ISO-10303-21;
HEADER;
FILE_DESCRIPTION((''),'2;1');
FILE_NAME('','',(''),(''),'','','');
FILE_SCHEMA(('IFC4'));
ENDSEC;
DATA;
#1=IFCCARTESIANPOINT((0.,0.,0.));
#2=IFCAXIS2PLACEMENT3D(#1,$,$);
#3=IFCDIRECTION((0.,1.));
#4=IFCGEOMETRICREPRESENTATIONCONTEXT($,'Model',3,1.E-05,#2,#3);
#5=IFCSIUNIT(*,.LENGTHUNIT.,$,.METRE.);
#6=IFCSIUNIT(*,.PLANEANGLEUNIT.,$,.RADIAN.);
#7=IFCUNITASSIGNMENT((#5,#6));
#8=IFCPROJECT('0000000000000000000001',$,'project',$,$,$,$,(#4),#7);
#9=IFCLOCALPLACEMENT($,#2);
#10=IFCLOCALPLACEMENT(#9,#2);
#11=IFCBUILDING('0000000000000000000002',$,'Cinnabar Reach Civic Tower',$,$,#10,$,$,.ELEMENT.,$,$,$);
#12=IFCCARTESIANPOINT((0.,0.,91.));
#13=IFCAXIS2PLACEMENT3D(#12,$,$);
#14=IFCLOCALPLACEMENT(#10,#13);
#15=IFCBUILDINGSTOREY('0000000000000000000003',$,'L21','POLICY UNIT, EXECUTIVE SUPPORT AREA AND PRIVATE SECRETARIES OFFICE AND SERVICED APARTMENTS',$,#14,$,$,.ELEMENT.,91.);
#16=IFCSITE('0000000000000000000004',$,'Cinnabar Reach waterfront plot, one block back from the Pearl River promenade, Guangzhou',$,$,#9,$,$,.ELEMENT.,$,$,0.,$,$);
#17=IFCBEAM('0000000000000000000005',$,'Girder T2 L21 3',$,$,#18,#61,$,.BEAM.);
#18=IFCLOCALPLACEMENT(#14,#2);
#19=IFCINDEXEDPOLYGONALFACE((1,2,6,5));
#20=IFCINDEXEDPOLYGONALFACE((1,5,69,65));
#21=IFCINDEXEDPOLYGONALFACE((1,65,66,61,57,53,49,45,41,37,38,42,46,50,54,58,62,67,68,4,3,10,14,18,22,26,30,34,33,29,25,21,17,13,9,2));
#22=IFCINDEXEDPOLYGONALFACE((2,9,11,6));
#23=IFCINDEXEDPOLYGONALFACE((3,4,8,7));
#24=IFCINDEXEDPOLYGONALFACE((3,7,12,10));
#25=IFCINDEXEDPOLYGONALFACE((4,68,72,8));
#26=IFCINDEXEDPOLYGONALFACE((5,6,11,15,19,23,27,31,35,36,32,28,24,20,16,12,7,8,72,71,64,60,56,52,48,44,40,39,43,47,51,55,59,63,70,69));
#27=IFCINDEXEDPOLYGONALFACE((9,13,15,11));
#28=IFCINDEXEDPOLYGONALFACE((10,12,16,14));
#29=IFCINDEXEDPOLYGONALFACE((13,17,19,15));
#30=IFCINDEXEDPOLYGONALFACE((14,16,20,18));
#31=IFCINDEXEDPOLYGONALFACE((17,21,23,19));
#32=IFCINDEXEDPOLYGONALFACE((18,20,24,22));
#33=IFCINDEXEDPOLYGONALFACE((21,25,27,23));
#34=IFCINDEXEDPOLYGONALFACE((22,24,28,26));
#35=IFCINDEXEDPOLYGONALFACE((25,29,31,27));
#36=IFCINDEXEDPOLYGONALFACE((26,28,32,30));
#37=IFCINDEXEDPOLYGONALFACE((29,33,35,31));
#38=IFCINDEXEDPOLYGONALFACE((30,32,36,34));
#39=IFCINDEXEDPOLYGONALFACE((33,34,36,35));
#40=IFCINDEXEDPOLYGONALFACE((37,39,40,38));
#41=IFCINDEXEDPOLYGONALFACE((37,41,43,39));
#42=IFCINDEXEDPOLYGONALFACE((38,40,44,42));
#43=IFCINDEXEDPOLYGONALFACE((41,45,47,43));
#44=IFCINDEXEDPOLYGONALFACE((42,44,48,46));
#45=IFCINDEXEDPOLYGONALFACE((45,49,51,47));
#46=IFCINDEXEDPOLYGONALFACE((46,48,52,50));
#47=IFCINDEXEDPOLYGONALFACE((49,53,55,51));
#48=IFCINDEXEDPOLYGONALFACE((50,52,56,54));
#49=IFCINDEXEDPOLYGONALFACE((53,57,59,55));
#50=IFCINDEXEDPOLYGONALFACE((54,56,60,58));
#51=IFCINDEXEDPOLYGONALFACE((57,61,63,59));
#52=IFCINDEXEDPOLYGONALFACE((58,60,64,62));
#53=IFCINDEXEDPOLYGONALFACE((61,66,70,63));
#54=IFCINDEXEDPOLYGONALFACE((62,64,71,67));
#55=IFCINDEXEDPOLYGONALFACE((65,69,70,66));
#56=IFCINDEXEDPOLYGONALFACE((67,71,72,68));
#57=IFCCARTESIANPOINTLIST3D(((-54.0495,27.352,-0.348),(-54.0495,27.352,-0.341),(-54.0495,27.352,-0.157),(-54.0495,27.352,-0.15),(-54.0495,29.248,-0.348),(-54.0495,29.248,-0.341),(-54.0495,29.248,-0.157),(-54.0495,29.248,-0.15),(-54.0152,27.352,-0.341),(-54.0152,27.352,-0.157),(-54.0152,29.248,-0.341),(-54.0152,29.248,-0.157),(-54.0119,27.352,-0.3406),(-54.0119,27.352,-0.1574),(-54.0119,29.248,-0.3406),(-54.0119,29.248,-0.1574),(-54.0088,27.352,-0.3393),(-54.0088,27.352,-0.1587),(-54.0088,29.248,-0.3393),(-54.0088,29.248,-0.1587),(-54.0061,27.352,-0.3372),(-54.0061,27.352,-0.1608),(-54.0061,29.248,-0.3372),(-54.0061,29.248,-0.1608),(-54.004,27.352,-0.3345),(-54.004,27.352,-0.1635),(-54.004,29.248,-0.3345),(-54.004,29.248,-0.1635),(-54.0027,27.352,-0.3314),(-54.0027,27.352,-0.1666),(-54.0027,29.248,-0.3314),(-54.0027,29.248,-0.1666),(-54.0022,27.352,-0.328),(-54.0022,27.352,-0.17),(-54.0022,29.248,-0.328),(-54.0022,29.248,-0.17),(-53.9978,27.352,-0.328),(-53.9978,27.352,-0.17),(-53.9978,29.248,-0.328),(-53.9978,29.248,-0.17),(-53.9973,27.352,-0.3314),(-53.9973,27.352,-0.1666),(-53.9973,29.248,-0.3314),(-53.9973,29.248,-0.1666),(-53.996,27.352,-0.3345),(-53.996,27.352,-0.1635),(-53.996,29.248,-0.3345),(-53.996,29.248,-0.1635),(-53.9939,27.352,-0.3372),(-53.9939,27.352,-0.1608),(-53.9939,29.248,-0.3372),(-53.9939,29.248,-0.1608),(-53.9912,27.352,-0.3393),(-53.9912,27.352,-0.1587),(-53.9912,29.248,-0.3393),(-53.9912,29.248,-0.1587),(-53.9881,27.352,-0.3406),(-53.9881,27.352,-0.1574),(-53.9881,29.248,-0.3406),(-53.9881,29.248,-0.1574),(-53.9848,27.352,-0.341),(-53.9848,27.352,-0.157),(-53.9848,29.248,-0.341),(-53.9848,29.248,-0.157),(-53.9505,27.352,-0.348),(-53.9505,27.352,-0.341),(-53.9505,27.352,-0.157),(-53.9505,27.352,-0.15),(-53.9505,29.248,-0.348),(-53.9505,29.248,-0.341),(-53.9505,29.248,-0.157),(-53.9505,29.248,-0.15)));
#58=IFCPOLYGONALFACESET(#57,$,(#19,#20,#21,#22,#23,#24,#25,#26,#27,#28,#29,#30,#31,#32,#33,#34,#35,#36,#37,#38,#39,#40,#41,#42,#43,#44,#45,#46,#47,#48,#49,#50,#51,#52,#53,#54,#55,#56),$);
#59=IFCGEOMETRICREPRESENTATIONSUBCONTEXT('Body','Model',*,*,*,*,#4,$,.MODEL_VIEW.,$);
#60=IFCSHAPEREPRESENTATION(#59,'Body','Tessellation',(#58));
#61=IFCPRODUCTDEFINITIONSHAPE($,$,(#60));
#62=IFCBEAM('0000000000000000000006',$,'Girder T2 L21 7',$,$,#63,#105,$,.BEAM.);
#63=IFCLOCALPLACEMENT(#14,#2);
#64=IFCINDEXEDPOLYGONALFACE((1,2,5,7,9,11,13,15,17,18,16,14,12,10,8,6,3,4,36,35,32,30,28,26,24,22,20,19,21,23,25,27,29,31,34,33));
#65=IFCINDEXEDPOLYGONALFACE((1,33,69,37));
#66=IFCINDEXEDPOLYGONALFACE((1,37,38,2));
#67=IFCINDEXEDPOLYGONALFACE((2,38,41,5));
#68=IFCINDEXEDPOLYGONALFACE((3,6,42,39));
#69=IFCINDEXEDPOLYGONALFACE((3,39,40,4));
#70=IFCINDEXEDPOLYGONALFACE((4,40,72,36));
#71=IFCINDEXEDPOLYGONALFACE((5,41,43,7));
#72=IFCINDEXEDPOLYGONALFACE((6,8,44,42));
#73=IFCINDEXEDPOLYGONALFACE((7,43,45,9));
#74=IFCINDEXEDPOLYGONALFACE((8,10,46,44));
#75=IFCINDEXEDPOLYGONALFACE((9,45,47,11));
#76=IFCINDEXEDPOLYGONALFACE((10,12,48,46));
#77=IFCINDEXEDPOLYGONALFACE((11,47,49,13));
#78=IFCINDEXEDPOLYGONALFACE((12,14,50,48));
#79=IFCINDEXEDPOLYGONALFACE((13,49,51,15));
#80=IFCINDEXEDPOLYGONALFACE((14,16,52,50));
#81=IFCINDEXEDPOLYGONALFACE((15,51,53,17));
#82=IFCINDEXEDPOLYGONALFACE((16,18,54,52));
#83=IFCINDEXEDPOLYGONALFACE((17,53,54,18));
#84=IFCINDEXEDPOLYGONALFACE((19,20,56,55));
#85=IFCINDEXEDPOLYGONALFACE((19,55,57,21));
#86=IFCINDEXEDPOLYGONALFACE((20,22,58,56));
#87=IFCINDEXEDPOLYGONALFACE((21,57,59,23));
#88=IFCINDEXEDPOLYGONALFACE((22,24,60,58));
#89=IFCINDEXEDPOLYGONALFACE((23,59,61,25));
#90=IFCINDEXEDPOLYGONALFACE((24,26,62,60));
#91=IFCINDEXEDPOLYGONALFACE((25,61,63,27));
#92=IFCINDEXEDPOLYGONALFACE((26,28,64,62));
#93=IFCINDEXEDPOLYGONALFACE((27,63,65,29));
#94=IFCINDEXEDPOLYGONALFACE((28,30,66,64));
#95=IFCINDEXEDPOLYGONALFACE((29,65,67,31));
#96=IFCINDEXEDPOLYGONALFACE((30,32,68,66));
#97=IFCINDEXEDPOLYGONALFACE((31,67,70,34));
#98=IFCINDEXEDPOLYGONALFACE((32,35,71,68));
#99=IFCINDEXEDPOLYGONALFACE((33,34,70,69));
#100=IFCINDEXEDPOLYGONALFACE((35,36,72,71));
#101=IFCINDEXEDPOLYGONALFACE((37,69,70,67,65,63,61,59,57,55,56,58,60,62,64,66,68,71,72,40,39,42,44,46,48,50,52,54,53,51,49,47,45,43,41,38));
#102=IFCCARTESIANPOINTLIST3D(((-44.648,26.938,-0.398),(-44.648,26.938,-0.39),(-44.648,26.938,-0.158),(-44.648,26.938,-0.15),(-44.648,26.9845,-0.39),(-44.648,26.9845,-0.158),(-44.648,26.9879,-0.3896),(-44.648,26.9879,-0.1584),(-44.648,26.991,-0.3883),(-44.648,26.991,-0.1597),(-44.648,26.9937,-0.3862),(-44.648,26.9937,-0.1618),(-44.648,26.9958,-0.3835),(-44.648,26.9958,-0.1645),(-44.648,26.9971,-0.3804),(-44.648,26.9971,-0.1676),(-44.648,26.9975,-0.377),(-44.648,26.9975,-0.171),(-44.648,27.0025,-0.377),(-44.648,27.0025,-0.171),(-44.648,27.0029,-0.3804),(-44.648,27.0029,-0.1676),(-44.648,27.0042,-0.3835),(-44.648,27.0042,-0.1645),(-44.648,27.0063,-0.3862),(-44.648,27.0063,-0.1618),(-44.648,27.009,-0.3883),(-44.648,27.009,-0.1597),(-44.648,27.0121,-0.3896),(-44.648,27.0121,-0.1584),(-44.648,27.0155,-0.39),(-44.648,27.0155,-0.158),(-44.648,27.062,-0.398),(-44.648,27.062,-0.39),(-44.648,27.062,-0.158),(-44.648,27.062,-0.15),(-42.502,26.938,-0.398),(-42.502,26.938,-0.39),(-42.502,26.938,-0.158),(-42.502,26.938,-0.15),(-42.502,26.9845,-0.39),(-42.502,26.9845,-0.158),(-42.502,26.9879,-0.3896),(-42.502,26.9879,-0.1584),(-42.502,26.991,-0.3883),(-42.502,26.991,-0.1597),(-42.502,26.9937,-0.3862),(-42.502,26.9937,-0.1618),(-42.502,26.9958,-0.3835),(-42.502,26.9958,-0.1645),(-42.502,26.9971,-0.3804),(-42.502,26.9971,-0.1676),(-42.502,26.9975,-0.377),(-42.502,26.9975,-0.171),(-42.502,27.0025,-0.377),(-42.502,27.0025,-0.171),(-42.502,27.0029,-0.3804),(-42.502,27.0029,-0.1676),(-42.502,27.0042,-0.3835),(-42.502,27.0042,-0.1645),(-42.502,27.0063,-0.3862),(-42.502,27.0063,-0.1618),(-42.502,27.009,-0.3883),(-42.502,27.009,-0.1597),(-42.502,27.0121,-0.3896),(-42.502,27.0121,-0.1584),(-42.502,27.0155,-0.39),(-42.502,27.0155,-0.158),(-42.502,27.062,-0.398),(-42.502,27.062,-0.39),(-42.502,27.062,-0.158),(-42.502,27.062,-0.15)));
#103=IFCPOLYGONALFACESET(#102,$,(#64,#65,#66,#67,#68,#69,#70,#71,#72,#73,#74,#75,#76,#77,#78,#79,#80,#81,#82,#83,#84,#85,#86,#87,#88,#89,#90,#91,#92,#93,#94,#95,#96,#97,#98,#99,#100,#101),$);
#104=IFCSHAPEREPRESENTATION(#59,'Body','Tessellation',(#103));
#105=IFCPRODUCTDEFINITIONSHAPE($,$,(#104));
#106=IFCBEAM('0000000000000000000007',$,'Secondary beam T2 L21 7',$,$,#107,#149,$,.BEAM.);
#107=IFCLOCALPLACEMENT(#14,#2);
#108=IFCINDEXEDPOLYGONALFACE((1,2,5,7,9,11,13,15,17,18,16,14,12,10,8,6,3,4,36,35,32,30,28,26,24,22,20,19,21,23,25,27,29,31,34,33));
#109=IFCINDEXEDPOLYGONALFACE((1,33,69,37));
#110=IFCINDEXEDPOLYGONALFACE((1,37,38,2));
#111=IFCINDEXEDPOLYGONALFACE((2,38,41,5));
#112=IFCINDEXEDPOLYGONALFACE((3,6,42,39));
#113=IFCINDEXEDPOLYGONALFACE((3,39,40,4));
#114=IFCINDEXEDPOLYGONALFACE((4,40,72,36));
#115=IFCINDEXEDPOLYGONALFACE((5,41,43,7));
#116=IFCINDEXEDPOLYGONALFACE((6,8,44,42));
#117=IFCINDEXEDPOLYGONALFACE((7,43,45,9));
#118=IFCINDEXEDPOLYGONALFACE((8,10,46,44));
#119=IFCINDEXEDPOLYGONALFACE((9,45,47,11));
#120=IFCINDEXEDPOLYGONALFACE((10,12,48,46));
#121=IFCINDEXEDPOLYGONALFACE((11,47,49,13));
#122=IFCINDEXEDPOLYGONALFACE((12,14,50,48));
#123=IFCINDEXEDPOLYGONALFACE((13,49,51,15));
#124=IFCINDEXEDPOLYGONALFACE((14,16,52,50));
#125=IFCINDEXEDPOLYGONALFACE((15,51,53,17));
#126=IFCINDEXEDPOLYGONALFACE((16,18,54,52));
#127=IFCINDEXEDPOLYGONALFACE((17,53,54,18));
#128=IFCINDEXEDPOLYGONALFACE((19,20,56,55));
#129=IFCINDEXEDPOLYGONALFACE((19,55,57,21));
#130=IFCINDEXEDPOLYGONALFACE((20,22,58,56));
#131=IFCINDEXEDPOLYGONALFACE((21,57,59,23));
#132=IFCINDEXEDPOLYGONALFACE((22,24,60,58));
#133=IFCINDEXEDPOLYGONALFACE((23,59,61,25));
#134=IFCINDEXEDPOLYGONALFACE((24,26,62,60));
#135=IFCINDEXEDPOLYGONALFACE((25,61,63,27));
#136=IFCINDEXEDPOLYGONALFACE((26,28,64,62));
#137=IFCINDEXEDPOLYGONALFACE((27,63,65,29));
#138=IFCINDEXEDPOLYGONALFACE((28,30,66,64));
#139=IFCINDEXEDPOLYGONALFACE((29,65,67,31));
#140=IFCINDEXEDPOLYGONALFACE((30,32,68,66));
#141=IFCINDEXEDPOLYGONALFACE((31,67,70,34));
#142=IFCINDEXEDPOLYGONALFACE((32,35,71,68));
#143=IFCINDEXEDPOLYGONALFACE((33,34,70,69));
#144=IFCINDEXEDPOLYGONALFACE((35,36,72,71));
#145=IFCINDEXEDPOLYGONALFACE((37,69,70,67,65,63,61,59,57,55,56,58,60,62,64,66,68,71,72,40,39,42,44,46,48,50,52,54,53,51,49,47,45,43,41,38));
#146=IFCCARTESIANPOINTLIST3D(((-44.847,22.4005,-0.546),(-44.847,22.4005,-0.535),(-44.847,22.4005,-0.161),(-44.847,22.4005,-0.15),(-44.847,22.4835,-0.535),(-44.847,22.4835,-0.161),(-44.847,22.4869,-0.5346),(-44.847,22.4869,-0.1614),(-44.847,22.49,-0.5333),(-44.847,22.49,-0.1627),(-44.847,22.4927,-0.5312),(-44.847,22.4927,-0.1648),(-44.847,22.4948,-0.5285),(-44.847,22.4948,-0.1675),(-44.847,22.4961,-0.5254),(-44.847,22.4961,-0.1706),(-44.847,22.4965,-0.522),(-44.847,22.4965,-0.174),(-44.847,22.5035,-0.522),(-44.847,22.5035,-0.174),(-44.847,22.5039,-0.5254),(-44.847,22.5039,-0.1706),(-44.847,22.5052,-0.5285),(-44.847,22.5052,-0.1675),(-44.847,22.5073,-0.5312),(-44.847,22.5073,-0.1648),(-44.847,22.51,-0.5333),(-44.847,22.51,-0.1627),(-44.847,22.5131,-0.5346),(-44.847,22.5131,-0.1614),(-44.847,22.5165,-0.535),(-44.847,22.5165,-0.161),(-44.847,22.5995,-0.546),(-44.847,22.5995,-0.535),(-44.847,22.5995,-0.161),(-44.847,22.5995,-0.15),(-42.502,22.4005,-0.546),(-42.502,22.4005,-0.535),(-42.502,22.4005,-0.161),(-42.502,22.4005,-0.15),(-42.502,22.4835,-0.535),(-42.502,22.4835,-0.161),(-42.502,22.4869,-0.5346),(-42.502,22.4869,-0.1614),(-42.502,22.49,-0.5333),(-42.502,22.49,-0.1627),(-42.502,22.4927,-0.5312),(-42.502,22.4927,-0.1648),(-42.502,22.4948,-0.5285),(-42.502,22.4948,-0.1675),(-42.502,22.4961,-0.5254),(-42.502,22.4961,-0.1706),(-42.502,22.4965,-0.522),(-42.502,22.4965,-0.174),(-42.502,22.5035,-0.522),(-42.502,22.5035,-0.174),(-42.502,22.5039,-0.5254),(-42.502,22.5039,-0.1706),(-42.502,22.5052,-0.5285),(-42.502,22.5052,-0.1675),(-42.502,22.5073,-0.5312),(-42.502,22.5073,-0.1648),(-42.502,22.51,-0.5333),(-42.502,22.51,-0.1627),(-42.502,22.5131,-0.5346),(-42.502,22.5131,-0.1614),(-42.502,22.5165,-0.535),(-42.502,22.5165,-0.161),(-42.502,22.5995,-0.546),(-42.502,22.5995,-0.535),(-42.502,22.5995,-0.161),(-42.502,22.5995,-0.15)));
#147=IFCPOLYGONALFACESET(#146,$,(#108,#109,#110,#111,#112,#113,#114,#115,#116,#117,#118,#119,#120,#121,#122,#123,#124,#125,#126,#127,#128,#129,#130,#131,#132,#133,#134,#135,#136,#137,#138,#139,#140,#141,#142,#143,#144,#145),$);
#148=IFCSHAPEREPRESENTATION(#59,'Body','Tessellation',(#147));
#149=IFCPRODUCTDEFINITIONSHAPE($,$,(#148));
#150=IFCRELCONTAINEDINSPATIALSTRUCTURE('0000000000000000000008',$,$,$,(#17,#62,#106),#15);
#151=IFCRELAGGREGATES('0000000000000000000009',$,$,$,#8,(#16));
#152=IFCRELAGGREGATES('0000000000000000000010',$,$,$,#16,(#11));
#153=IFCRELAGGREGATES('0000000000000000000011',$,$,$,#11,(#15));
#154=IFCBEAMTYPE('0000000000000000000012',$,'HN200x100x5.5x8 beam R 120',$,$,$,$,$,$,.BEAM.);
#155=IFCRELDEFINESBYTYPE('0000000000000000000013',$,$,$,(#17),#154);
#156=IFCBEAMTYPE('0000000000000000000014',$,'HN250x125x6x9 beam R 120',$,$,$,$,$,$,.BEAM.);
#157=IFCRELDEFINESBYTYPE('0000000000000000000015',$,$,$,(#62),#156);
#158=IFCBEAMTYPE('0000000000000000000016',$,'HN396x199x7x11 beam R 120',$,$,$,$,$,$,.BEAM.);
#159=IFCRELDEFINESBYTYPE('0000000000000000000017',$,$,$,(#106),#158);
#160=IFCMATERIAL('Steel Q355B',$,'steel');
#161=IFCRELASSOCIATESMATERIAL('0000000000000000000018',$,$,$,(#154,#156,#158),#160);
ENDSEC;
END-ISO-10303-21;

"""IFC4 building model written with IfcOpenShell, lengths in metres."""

from ifc_helpers import new_model, si_unit, direction, frame, origin, origin_2d, place, context, subcontext, project, spatial, i_section, extrude, material, material_profile, profile_set, type_object, element, save


model = new_model("IFC4")

# Units and contexts
model_context = context("Model", 3, precision=1e-05, world=origin(), true_north=direction((0.0, 1.0)))
body_context = subcontext(model_context, "Body", "Model", "MODEL_VIEW")
ifc_project = project(units=[si_unit("LENGTHUNIT", "METRE"), si_unit("PLANEANGLEUNIT", "RADIAN")], contexts=[model_context])

# Site, building, storey
site_placement = place(None, origin())
site = spatial("IfcSite", under=ifc_project, at=site_placement, Name="Cinnabar Reach waterfront plot, one block back from the Pearl River promenade, Guangzhou", CompositionType="ELEMENT", RefElevation=0.0)
building_placement = place(site_placement, origin())
building = spatial("IfcBuilding", under=site, at=building_placement, Name="Cinnabar Reach Civic Tower", CompositionType="ELEMENT")
storey_placement = place(building_placement, frame((0.0, 0.0, 91.0)))
storey = spatial("IfcBuildingStorey", under=building, at=storey_placement, Name="L21", Description="POLICY UNIT, EXECUTIVE SUPPORT AREA AND PRIVATE SECRETARIES OFFICE AND SERVICED APARTMENTS", CompositionType="ELEMENT", Elevation=91.0)

# Beams
ifc_material_1 = material(Name="Steel Q355B", Category="steel")
ifc_material_profile_1 = material_profile(ifc_material_1, i_section(OverallWidth=0.099, OverallDepth=0.198, WebThickness=0.0045, FlangeThickness=0.007, FilletRadius=0.013, at=origin_2d()), Name="HN200x100x5.5x8")
ifc_profile_set_1 = profile_set([ifc_material_profile_1], Name="Steel Q355B")
beam_type_1 = type_object("IfcBeamType", Name="HN200x100x5.5x8 beam R 120", PredefinedType="BEAM", material=ifc_profile_set_1)
beam_1_placement = place(storey_placement, frame((-54.0, 27.352, -0.249), z_axis=(0.0, 1.0, 0.0), x_axis=(-1.0, 0.0, 0.0)))
element("IfcBeam", 1, at=beam_1_placement, inside=storey, type_object=beam_type_1, Name="Girder T2 L21 3", PredefinedType="BEAM", context=body_context, shape_type="SweptSolid", body=[
    extrude(i_section(OverallWidth=0.099, OverallDepth=0.198, WebThickness=0.0045, FlangeThickness=0.007, FilletRadius=0.013, at=origin_2d()), origin(), (0.0, 0.0, 1.0), 1.896),
])
ifc_material_profile_2 = material_profile(ifc_material_1, i_section(OverallWidth=0.124, OverallDepth=0.248, WebThickness=0.005, FlangeThickness=0.008, FilletRadius=0.013, at=origin_2d()), Name="HN250x125x6x9")
ifc_profile_set_2 = profile_set([ifc_material_profile_2], Name="Steel Q355B")
beam_type_2 = type_object("IfcBeamType", Name="HN250x125x6x9 beam R 120", PredefinedType="BEAM", material=ifc_profile_set_2)
beam_2_placement = place(storey_placement, frame((-44.648, 27.0, -0.274), z_axis=(1.0, 0.0, 0.0), x_axis=(0.0, 1.0, 0.0)))
element("IfcBeam", 2, at=beam_2_placement, inside=storey, type_object=beam_type_2, Name="Girder T2 L21 7", PredefinedType="BEAM", context=body_context, shape_type="SweptSolid", body=[
    extrude(i_section(OverallWidth=0.124, OverallDepth=0.248, WebThickness=0.005, FlangeThickness=0.008, FilletRadius=0.013, at=origin_2d()), origin(), (0.0, 0.0, 1.0), 2.146),
])
ifc_material_profile_3 = material_profile(ifc_material_1, i_section(OverallWidth=0.199, OverallDepth=0.396, WebThickness=0.007, FlangeThickness=0.011, FilletRadius=0.013, at=origin_2d()), Name="HN396x199x7x11")
ifc_profile_set_3 = profile_set([ifc_material_profile_3], Name="Steel Q355B")
beam_type_3 = type_object("IfcBeamType", Name="HN396x199x7x11 beam R 120", PredefinedType="BEAM", material=ifc_profile_set_3)
beam_3_placement = place(storey_placement, frame((-44.847, 22.5, -0.348), z_axis=(1.0, 0.0, 0.0), x_axis=(0.0, 1.0, 0.0)))
element("IfcBeam", 3, at=beam_3_placement, inside=storey, type_object=beam_type_3, Name="Secondary beam T2 L21 7", PredefinedType="BEAM", context=body_context, shape_type="SweptSolid", body=[
    extrude(i_section(OverallWidth=0.199, OverallDepth=0.396, WebThickness=0.007, FlangeThickness=0.011, FilletRadius=0.013, at=origin_2d()), origin(), (0.0, 0.0, 1.0), 2.345),
])

save(model, "model.ifc")
